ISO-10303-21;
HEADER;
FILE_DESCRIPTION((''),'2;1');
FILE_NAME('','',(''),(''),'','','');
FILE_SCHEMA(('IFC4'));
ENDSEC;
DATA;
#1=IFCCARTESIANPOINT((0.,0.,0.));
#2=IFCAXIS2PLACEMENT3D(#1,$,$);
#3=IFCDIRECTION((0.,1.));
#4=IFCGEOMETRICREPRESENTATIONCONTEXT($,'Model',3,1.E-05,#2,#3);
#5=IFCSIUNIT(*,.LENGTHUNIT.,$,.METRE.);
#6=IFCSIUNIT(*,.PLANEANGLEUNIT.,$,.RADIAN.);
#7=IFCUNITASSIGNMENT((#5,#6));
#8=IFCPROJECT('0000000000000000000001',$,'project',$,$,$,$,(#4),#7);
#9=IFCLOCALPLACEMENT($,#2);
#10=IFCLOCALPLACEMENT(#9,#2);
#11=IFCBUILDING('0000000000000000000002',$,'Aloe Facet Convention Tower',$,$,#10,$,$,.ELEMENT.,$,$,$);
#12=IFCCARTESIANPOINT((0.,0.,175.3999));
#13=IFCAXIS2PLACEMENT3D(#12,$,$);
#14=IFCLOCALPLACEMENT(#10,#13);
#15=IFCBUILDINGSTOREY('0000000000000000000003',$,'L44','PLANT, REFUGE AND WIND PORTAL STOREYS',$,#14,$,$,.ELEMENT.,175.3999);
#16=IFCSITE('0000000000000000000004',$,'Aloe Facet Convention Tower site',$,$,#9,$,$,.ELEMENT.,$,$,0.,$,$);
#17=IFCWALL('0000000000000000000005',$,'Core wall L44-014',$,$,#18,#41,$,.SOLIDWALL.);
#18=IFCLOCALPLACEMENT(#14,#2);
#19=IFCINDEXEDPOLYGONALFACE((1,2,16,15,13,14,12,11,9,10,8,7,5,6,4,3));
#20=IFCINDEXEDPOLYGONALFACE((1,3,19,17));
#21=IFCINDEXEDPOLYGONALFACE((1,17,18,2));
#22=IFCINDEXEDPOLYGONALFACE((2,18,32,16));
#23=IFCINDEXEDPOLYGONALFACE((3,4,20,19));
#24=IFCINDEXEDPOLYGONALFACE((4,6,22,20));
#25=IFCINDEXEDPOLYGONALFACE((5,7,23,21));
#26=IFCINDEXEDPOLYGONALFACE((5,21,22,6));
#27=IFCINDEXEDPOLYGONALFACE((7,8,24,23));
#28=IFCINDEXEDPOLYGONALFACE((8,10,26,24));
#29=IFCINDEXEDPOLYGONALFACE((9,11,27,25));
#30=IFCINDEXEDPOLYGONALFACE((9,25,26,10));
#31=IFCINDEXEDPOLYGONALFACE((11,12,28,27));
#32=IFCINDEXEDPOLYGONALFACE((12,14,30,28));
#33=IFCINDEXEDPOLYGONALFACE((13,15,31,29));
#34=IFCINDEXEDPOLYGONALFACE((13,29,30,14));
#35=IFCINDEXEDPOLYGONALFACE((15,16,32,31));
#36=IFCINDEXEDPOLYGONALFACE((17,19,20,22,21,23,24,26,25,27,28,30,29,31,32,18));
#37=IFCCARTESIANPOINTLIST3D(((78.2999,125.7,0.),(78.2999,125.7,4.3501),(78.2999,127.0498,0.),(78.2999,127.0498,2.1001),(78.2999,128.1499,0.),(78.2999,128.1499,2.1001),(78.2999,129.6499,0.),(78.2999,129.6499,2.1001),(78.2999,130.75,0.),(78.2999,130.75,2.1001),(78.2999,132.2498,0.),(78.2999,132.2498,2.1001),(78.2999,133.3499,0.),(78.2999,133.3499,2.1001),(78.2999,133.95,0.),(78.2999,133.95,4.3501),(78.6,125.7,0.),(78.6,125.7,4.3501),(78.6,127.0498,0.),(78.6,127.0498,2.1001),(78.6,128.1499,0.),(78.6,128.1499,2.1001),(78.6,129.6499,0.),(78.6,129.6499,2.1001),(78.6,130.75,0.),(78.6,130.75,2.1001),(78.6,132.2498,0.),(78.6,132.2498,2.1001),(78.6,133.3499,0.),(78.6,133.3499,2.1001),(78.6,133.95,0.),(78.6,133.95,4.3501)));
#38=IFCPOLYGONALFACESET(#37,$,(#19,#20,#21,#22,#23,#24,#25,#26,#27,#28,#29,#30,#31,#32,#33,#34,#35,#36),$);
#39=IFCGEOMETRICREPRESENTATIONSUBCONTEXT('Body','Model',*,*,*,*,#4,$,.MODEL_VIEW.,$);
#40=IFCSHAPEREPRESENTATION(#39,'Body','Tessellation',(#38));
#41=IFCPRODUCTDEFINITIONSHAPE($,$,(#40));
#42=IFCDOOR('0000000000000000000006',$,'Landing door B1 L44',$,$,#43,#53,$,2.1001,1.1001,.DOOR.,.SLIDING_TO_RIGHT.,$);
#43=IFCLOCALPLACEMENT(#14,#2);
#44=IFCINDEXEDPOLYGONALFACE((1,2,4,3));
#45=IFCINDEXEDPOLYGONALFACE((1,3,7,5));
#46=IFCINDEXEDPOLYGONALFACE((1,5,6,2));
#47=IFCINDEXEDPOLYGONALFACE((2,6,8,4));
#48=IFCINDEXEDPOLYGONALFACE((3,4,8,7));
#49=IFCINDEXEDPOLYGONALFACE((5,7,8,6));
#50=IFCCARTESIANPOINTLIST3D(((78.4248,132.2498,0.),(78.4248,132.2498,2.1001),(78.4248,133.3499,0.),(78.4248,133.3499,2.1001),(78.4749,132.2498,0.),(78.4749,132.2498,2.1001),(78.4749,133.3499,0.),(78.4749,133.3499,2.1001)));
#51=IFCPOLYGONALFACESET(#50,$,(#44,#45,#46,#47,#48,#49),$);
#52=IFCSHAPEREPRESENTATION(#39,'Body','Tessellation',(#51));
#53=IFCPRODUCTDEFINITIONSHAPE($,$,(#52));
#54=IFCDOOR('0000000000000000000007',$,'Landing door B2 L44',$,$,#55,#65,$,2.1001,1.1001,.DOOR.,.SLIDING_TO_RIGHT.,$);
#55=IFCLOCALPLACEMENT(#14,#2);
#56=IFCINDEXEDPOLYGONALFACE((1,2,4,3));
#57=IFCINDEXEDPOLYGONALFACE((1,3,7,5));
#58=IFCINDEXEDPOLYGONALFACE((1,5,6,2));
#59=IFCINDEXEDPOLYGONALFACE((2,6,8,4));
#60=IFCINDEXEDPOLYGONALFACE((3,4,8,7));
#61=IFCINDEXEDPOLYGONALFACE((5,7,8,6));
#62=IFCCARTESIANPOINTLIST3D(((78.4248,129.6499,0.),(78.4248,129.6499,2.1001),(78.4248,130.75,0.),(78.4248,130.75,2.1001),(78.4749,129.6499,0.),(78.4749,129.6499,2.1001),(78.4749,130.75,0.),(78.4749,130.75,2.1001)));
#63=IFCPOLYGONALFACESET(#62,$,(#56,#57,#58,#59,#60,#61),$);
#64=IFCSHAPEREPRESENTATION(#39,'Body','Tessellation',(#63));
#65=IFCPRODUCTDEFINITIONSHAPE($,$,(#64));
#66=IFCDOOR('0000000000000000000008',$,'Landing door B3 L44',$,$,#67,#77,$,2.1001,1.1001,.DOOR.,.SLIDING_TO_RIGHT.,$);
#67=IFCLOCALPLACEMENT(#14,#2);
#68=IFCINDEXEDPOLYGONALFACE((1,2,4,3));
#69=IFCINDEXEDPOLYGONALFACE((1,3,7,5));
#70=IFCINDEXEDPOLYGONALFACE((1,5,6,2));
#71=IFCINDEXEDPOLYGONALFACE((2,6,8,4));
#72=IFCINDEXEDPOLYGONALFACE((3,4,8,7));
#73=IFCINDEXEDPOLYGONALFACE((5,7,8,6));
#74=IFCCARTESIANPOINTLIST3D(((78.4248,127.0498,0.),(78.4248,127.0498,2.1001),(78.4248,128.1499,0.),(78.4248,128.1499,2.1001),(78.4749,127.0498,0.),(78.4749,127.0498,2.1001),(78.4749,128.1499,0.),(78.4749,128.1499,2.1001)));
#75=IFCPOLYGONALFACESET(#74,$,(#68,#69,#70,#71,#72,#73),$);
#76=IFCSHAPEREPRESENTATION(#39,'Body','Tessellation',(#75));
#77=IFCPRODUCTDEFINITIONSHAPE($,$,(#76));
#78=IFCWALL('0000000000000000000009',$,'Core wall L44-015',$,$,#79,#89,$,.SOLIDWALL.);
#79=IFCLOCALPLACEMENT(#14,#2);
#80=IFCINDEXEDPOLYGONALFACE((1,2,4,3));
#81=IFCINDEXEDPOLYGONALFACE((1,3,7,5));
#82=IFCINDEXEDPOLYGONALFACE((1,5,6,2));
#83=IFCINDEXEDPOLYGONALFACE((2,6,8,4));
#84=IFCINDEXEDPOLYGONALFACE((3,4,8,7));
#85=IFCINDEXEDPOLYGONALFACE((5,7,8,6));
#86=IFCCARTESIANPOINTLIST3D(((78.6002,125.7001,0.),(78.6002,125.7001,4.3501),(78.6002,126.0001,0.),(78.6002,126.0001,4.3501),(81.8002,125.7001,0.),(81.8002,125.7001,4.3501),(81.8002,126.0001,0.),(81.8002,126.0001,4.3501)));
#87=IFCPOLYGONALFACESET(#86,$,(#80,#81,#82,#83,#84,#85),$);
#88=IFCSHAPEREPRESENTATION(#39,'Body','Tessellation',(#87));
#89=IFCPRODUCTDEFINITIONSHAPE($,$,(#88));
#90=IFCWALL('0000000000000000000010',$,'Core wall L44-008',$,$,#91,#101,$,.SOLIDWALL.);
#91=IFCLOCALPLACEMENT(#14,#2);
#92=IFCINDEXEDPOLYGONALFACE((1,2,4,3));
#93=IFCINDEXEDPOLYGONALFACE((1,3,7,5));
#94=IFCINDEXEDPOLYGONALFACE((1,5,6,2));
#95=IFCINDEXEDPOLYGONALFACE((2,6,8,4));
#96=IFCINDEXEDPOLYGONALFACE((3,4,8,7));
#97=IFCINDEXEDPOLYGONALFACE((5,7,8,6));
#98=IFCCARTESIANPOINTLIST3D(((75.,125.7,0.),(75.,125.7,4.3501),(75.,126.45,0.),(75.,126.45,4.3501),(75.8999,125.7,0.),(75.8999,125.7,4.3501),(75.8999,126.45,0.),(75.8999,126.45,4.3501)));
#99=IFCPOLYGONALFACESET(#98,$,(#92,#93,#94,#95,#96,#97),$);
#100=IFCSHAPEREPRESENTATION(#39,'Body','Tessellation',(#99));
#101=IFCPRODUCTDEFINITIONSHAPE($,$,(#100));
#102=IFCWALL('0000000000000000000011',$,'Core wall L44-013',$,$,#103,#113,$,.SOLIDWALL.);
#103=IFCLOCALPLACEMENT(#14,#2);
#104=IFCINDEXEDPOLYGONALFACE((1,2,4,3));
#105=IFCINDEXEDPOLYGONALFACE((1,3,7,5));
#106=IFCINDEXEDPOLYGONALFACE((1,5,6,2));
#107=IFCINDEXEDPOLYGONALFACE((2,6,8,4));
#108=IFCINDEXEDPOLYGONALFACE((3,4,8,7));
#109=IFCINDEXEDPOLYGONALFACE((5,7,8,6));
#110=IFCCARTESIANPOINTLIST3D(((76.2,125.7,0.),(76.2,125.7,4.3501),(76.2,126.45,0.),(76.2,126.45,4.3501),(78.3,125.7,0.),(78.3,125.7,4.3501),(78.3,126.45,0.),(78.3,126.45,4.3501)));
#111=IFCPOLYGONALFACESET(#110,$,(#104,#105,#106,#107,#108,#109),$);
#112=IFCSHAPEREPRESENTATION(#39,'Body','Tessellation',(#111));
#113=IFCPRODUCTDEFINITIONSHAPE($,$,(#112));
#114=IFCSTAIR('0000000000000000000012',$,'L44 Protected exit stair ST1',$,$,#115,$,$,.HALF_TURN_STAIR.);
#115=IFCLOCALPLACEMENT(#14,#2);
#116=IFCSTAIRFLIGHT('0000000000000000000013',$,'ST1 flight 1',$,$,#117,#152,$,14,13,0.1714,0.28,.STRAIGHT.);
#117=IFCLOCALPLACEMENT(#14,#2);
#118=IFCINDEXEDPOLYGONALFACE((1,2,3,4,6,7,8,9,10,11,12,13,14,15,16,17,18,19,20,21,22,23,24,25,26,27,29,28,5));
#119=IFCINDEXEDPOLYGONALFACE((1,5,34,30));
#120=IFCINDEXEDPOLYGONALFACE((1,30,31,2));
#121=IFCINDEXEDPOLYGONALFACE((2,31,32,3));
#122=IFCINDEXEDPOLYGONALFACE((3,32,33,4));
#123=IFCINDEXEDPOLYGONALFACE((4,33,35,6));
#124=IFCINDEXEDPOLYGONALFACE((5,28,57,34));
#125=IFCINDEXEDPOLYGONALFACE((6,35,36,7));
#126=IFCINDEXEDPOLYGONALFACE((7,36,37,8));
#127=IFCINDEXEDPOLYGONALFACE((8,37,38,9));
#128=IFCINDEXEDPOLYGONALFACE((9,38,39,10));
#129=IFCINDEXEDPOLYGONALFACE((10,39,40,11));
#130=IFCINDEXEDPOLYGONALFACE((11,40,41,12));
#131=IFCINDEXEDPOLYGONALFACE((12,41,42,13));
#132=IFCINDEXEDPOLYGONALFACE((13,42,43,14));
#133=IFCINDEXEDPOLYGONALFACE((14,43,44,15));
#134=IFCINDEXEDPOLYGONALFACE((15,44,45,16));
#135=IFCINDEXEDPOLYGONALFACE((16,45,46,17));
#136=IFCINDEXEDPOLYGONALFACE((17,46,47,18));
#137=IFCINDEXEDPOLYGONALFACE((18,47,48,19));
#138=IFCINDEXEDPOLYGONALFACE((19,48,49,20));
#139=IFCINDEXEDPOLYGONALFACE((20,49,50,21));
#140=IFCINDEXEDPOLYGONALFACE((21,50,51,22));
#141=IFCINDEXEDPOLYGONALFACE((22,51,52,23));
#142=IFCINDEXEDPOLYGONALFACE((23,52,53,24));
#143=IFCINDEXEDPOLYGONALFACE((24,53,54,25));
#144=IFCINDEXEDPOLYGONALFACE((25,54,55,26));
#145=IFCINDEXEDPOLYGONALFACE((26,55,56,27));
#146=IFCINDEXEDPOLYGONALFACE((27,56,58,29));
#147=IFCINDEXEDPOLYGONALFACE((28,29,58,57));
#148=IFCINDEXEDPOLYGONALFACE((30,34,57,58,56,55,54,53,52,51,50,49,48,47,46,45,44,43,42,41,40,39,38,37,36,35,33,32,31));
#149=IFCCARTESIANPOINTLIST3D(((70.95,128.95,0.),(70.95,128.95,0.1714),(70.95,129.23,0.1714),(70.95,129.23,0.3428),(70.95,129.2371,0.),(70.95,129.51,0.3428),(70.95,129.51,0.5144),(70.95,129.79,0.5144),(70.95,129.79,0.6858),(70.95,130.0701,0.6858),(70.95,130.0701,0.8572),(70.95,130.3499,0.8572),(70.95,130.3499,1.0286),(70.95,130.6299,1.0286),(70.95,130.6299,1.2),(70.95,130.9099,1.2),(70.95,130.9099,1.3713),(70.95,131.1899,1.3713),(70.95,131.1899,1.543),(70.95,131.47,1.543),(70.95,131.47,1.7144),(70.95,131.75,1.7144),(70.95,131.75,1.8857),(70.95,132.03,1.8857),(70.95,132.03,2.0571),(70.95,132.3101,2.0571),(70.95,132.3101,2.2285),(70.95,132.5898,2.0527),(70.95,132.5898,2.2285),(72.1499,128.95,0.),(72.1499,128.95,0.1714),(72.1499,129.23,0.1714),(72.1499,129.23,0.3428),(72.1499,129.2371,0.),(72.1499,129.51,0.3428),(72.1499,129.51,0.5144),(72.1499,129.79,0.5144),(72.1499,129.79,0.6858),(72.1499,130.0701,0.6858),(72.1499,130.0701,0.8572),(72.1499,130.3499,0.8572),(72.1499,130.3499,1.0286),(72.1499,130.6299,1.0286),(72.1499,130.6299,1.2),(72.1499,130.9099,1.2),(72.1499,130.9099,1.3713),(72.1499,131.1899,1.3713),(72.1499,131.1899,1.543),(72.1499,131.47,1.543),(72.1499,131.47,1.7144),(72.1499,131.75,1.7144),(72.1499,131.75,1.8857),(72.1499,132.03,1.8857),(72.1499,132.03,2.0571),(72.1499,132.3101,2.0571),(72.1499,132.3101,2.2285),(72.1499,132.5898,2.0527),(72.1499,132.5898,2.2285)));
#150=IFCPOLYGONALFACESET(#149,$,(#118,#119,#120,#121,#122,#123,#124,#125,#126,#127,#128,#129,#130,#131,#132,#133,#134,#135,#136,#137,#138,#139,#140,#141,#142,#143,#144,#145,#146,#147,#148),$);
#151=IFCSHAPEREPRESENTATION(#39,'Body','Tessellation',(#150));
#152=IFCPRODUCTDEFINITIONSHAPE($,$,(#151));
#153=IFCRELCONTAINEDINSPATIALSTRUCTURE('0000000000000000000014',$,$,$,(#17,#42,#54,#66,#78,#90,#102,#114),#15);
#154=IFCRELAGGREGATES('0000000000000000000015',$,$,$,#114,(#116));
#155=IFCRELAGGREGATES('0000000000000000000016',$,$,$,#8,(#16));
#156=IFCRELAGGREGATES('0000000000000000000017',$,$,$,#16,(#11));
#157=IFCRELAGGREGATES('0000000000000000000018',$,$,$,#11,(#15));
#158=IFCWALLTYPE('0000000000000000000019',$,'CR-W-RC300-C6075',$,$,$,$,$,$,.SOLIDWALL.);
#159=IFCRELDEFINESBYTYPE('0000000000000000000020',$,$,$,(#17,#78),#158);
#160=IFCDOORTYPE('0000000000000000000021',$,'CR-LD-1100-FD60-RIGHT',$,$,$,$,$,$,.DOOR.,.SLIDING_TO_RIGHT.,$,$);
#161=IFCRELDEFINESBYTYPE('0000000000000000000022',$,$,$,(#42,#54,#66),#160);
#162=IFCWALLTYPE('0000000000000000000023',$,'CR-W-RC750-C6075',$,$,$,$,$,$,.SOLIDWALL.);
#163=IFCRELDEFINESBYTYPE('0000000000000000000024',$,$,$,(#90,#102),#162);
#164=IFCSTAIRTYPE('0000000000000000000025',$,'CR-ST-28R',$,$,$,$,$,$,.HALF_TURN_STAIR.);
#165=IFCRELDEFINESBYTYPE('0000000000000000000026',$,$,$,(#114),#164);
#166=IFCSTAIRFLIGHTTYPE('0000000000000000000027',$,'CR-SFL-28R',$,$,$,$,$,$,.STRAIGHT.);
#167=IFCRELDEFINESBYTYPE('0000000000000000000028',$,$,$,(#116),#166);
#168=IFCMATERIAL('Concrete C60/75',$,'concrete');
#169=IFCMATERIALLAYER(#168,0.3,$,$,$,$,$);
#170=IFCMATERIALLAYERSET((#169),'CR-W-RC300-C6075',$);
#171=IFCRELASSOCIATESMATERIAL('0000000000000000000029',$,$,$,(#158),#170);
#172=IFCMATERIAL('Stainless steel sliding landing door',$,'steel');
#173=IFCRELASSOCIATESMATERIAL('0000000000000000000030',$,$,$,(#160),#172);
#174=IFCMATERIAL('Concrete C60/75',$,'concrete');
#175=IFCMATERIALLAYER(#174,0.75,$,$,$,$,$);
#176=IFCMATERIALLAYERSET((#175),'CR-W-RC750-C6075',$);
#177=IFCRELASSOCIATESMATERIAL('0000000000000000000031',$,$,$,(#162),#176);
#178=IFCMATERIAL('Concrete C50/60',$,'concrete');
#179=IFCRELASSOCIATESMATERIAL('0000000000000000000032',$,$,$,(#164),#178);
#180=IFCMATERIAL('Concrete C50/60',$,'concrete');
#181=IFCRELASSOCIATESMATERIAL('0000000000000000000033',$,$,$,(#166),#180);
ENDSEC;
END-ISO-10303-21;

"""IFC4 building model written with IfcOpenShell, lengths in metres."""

from ifc_helpers import new_model, si_unit, direction, frame, frame_2d, origin, place, context, subcontext, project, spatial, polyline, rectangle, outline, extrude, material, layer, layer_set, type_object, element, fill, aggregate, save


model = new_model("IFC4")

# Units and contexts
model_context = context("Model", 3, precision=1e-05, world=origin(), true_north=direction((0.0, 1.0)))
body_context = subcontext(model_context, "Body", "Model", "MODEL_VIEW")
ifc_project = project(units=[si_unit("LENGTHUNIT", "METRE"), si_unit("PLANEANGLEUNIT", "RADIAN")], contexts=[model_context])

# Site, building, storey
site_placement = place(None, origin())
site = spatial("IfcSite", under=ifc_project, at=site_placement, Name="Aloe Facet Convention Tower site", CompositionType="ELEMENT", RefElevation=0.0)
building_placement = place(site_placement, origin())
building = spatial("IfcBuilding", under=site, at=building_placement, Name="Aloe Facet Convention Tower", CompositionType="ELEMENT")
storey_placement = place(building_placement, frame((0.0, 0.0, 175.3999)))
storey = spatial("IfcBuildingStorey", under=building, at=storey_placement, Name="L44", Description="PLANT, REFUGE AND WIND PORTAL STOREYS", CompositionType="ELEMENT", Elevation=175.3999)

# Shared definitions
ifc_material_1 = material(Name="Concrete C60/75", Category="concrete")
ifc_layer_1 = layer(ifc_material_1, 0.3)
ifc_layer_set_1 = layer_set([ifc_layer_1], Name="CR-W-RC300-C6075")
wall_type_1 = type_object("IfcWallType", Name="CR-W-RC300-C6075", PredefinedType="SOLIDWALL", material=ifc_layer_set_1)

# Wall, openings, doors
wall_1_placement = place(storey_placement, frame((78.45, 133.95, 0.0), z_axis=(0.0, 0.0, 1.0), x_axis=(0.0, -1.0, 0.0)))
wall_1 = element("IfcWall", 1, at=wall_1_placement, inside=storey, type_object=wall_type_1, Name="Core wall L44-014", PredefinedType="SOLIDWALL", context=body_context, shape_type="SweptSolid", body=[
    extrude(rectangle(XDim=8.25, YDim=0.3, at=frame_2d((4.125, 0.0))), origin(), (0.0, 0.0, 1.0), 4.3501),
])
opening_1_placement = place(wall_1_placement, frame((0.6001, 0.0, 0.0)))
opening_1 = element("IfcOpeningElement", 2, at=opening_1_placement, cuts=wall_1, PredefinedType="OPENING", context=body_context, shape_type="SweptSolid", body=[
    extrude(rectangle(XDim=1.1001, YDim=2.1001, at=frame_2d((0.55, 1.05))), frame((0.0, 0.1602, 0.0), z_axis=(0.0, -1.0, 0.0), x_axis=(1.0, 0.0, 0.0)), (0.0, 0.0, 1.0), 0.3201),
])
opening_2_placement = place(wall_1_placement, frame((3.2, 0.0, 0.0)))
opening_2 = element("IfcOpeningElement", 3, at=opening_2_placement, cuts=wall_1, PredefinedType="OPENING", context=body_context, shape_type="SweptSolid", body=[
    extrude(rectangle(XDim=1.1001, YDim=2.1001, at=frame_2d((0.55, 1.05))), frame((0.0, 0.1602, 0.0), z_axis=(0.0, -1.0, 0.0), x_axis=(1.0, 0.0, 0.0)), (0.0, 0.0, 1.0), 0.3201),
])
opening_3_placement = place(wall_1_placement, frame((5.8, 0.0, 0.0)))
opening_3 = element("IfcOpeningElement", 4, at=opening_3_placement, cuts=wall_1, PredefinedType="OPENING", context=body_context, shape_type="SweptSolid", body=[
    extrude(rectangle(XDim=1.1001, YDim=2.1001, at=frame_2d((0.55, 1.05))), frame((0.0, 0.1602, 0.0), z_axis=(0.0, -1.0, 0.0), x_axis=(1.0, 0.0, 0.0)), (0.0, 0.0, 1.0), 0.3201),
])
ifc_material_2 = material(Name="Stainless steel sliding landing door", Category="steel")
door_type_1 = type_object("IfcDoorType", Name="CR-LD-1100-FD60-RIGHT", OperationType="SLIDING_TO_RIGHT", PredefinedType="DOOR", material=ifc_material_2)
door_1_placement = place(opening_1_placement, origin())
door_1 = element("IfcDoor", 5, at=door_1_placement, inside=storey, type_object=door_type_1, Name="Landing door B1 L44", OperationType="SLIDING_TO_RIGHT", OverallHeight=2.1001, OverallWidth=1.1001, PredefinedType="DOOR", context=body_context, shape_type="SweptSolid", body=[
    extrude(rectangle(XDim=1.1001, YDim=2.1001, at=frame_2d((0.55, 1.05))), frame((0.0, 0.0249, 0.0), z_axis=(0.0, -1.0, 0.0), x_axis=(1.0, 0.0, 0.0)), (0.0, 0.0, 1.0), 0.05),
])
fill(opening_1, door_1)
door_2_placement = place(opening_2_placement, origin())
door_2 = element("IfcDoor", 6, at=door_2_placement, inside=storey, type_object=door_type_1, Name="Landing door B2 L44", OperationType="SLIDING_TO_RIGHT", OverallHeight=2.1001, OverallWidth=1.1001, PredefinedType="DOOR", context=body_context, shape_type="SweptSolid", body=[
    extrude(rectangle(XDim=1.1001, YDim=2.1001, at=frame_2d((0.55, 1.05))), frame((0.0, 0.0249, 0.0), z_axis=(0.0, -1.0, 0.0), x_axis=(1.0, 0.0, 0.0)), (0.0, 0.0, 1.0), 0.05),
])
fill(opening_2, door_2)
door_3_placement = place(opening_3_placement, origin())
door_3 = element("IfcDoor", 7, at=door_3_placement, inside=storey, type_object=door_type_1, Name="Landing door B3 L44", OperationType="SLIDING_TO_RIGHT", OverallHeight=2.1001, OverallWidth=1.1001, PredefinedType="DOOR", context=body_context, shape_type="SweptSolid", body=[
    extrude(rectangle(XDim=1.1001, YDim=2.1001, at=frame_2d((0.55, 1.05))), frame((0.0, 0.0249, 0.0), z_axis=(0.0, -1.0, 0.0), x_axis=(1.0, 0.0, 0.0)), (0.0, 0.0, 1.0), 0.05),
])
fill(opening_3, door_3)

# Walls
wall_2_placement = place(storey_placement, frame((78.6001, 125.8501, 0.0), z_axis=(0.0, 0.0, 1.0), x_axis=(1.0, 0.0, 0.0)))
element("IfcWall", 8, at=wall_2_placement, inside=storey, type_object=wall_type_1, Name="Core wall L44-015", PredefinedType="SOLIDWALL", context=body_context, shape_type="SweptSolid", body=[
    extrude(rectangle(XDim=3.2, YDim=0.3, at=frame_2d((1.6001, 0.0))), origin(), (0.0, 0.0, 1.0), 4.3501),
])
ifc_material_3 = material(Name="Concrete C60/75", Category="concrete")
ifc_layer_2 = layer(ifc_material_3, 0.75)
ifc_layer_set_2 = layer_set([ifc_layer_2], Name="CR-W-RC750-C6075")
wall_type_2 = type_object("IfcWallType", Name="CR-W-RC750-C6075", PredefinedType="SOLIDWALL", material=ifc_layer_set_2)
wall_3_placement = place(storey_placement, frame((75.0, 126.075, 0.0), z_axis=(0.0, 0.0, 1.0), x_axis=(1.0, 0.0, 0.0)))
element("IfcWall", 9, at=wall_3_placement, inside=storey, type_object=wall_type_2, Name="Core wall L44-008", PredefinedType="SOLIDWALL", context=body_context, shape_type="SweptSolid", body=[
    extrude(rectangle(XDim=0.8999, YDim=0.75, at=frame_2d((0.45, 0.0))), origin(), (0.0, 0.0, 1.0), 4.3501),
])
wall_4_placement = place(storey_placement, frame((76.2, 126.075, 0.0), z_axis=(0.0, 0.0, 1.0), x_axis=(1.0, 0.0, 0.0)))
element("IfcWall", 10, at=wall_4_placement, inside=storey, type_object=wall_type_2, Name="Core wall L44-013", PredefinedType="SOLIDWALL", context=body_context, shape_type="SweptSolid", body=[
    extrude(rectangle(XDim=2.1001, YDim=0.75, at=frame_2d((1.05, 0.0))), origin(), (0.0, 0.0, 1.0), 4.3501),
])

# Stair, stair flight
ifc_material_4 = material(Name="Concrete C50/60", Category="concrete")
stair_type = type_object("IfcStairType", Name="CR-ST-28R", PredefinedType="HALF_TURN_STAIR", material=ifc_material_4)
stair_placement = place(storey_placement, origin())
stair = element("IfcStair", 11, at=stair_placement, inside=storey, type_object=stair_type, Name="L44 Protected exit stair ST1", PredefinedType="HALF_TURN_STAIR")
ifc_material_5 = material(Name="Concrete C50/60", Category="concrete")
stair_flight_type = type_object("IfcStairFlightType", Name="CR-SFL-28R", PredefinedType="STRAIGHT", material=ifc_material_5)
stair_flight_1_placement = place(storey_placement, frame((71.55, 128.95, 0.0), z_axis=(0.0, 0.0, 1.0), x_axis=(0.0, 1.0, 0.0)))
stair_flight_1 = element("IfcStairFlight", 12, at=stair_flight_1_placement, type_object=stair_flight_type, Name="ST1 flight 1", NumberOfRisers=14, NumberOfTreads=13, PredefinedType="STRAIGHT", RiserHeight=0.1714, TreadLength=0.28, context=body_context, shape_type="SweptSolid", body=[
    extrude(outline(polyline([(0.0, 0.0), (0.0, 0.1714), (0.28, 0.1714), (0.28, 0.3428), (0.5601, 0.3428), (0.5601, 0.5144), (0.8401, 0.5144), (0.8401, 0.6858), (1.1201, 0.6858), (1.1201, 0.8572), (1.3999, 0.8572), (1.3999, 1.0286), (1.6799, 1.0286), (1.6799, 1.2), (1.96, 1.2), (1.96, 1.3713), (2.24, 1.3713), (2.24, 1.543), (2.52, 1.543), (2.52, 1.7144), (2.8, 1.7144), (2.8, 1.8857), (3.0801, 1.8857), (3.0801, 2.0571), (3.3601, 2.0571), (3.3601, 2.2285), (3.6399, 2.2285), (3.6399, 2.3999), (3.6399, 2.0527), (0.2871, 0.0), (0.0, 0.0)])), frame((0.0, 0.6001, 0.0), z_axis=(0.0, -1.0, 0.0), x_axis=(1.0, 0.0, 0.0)), (0.0, 0.0, 1.0), 1.2),
])
aggregate(stair, [stair_flight_1])

save(model, "model.ifc")
